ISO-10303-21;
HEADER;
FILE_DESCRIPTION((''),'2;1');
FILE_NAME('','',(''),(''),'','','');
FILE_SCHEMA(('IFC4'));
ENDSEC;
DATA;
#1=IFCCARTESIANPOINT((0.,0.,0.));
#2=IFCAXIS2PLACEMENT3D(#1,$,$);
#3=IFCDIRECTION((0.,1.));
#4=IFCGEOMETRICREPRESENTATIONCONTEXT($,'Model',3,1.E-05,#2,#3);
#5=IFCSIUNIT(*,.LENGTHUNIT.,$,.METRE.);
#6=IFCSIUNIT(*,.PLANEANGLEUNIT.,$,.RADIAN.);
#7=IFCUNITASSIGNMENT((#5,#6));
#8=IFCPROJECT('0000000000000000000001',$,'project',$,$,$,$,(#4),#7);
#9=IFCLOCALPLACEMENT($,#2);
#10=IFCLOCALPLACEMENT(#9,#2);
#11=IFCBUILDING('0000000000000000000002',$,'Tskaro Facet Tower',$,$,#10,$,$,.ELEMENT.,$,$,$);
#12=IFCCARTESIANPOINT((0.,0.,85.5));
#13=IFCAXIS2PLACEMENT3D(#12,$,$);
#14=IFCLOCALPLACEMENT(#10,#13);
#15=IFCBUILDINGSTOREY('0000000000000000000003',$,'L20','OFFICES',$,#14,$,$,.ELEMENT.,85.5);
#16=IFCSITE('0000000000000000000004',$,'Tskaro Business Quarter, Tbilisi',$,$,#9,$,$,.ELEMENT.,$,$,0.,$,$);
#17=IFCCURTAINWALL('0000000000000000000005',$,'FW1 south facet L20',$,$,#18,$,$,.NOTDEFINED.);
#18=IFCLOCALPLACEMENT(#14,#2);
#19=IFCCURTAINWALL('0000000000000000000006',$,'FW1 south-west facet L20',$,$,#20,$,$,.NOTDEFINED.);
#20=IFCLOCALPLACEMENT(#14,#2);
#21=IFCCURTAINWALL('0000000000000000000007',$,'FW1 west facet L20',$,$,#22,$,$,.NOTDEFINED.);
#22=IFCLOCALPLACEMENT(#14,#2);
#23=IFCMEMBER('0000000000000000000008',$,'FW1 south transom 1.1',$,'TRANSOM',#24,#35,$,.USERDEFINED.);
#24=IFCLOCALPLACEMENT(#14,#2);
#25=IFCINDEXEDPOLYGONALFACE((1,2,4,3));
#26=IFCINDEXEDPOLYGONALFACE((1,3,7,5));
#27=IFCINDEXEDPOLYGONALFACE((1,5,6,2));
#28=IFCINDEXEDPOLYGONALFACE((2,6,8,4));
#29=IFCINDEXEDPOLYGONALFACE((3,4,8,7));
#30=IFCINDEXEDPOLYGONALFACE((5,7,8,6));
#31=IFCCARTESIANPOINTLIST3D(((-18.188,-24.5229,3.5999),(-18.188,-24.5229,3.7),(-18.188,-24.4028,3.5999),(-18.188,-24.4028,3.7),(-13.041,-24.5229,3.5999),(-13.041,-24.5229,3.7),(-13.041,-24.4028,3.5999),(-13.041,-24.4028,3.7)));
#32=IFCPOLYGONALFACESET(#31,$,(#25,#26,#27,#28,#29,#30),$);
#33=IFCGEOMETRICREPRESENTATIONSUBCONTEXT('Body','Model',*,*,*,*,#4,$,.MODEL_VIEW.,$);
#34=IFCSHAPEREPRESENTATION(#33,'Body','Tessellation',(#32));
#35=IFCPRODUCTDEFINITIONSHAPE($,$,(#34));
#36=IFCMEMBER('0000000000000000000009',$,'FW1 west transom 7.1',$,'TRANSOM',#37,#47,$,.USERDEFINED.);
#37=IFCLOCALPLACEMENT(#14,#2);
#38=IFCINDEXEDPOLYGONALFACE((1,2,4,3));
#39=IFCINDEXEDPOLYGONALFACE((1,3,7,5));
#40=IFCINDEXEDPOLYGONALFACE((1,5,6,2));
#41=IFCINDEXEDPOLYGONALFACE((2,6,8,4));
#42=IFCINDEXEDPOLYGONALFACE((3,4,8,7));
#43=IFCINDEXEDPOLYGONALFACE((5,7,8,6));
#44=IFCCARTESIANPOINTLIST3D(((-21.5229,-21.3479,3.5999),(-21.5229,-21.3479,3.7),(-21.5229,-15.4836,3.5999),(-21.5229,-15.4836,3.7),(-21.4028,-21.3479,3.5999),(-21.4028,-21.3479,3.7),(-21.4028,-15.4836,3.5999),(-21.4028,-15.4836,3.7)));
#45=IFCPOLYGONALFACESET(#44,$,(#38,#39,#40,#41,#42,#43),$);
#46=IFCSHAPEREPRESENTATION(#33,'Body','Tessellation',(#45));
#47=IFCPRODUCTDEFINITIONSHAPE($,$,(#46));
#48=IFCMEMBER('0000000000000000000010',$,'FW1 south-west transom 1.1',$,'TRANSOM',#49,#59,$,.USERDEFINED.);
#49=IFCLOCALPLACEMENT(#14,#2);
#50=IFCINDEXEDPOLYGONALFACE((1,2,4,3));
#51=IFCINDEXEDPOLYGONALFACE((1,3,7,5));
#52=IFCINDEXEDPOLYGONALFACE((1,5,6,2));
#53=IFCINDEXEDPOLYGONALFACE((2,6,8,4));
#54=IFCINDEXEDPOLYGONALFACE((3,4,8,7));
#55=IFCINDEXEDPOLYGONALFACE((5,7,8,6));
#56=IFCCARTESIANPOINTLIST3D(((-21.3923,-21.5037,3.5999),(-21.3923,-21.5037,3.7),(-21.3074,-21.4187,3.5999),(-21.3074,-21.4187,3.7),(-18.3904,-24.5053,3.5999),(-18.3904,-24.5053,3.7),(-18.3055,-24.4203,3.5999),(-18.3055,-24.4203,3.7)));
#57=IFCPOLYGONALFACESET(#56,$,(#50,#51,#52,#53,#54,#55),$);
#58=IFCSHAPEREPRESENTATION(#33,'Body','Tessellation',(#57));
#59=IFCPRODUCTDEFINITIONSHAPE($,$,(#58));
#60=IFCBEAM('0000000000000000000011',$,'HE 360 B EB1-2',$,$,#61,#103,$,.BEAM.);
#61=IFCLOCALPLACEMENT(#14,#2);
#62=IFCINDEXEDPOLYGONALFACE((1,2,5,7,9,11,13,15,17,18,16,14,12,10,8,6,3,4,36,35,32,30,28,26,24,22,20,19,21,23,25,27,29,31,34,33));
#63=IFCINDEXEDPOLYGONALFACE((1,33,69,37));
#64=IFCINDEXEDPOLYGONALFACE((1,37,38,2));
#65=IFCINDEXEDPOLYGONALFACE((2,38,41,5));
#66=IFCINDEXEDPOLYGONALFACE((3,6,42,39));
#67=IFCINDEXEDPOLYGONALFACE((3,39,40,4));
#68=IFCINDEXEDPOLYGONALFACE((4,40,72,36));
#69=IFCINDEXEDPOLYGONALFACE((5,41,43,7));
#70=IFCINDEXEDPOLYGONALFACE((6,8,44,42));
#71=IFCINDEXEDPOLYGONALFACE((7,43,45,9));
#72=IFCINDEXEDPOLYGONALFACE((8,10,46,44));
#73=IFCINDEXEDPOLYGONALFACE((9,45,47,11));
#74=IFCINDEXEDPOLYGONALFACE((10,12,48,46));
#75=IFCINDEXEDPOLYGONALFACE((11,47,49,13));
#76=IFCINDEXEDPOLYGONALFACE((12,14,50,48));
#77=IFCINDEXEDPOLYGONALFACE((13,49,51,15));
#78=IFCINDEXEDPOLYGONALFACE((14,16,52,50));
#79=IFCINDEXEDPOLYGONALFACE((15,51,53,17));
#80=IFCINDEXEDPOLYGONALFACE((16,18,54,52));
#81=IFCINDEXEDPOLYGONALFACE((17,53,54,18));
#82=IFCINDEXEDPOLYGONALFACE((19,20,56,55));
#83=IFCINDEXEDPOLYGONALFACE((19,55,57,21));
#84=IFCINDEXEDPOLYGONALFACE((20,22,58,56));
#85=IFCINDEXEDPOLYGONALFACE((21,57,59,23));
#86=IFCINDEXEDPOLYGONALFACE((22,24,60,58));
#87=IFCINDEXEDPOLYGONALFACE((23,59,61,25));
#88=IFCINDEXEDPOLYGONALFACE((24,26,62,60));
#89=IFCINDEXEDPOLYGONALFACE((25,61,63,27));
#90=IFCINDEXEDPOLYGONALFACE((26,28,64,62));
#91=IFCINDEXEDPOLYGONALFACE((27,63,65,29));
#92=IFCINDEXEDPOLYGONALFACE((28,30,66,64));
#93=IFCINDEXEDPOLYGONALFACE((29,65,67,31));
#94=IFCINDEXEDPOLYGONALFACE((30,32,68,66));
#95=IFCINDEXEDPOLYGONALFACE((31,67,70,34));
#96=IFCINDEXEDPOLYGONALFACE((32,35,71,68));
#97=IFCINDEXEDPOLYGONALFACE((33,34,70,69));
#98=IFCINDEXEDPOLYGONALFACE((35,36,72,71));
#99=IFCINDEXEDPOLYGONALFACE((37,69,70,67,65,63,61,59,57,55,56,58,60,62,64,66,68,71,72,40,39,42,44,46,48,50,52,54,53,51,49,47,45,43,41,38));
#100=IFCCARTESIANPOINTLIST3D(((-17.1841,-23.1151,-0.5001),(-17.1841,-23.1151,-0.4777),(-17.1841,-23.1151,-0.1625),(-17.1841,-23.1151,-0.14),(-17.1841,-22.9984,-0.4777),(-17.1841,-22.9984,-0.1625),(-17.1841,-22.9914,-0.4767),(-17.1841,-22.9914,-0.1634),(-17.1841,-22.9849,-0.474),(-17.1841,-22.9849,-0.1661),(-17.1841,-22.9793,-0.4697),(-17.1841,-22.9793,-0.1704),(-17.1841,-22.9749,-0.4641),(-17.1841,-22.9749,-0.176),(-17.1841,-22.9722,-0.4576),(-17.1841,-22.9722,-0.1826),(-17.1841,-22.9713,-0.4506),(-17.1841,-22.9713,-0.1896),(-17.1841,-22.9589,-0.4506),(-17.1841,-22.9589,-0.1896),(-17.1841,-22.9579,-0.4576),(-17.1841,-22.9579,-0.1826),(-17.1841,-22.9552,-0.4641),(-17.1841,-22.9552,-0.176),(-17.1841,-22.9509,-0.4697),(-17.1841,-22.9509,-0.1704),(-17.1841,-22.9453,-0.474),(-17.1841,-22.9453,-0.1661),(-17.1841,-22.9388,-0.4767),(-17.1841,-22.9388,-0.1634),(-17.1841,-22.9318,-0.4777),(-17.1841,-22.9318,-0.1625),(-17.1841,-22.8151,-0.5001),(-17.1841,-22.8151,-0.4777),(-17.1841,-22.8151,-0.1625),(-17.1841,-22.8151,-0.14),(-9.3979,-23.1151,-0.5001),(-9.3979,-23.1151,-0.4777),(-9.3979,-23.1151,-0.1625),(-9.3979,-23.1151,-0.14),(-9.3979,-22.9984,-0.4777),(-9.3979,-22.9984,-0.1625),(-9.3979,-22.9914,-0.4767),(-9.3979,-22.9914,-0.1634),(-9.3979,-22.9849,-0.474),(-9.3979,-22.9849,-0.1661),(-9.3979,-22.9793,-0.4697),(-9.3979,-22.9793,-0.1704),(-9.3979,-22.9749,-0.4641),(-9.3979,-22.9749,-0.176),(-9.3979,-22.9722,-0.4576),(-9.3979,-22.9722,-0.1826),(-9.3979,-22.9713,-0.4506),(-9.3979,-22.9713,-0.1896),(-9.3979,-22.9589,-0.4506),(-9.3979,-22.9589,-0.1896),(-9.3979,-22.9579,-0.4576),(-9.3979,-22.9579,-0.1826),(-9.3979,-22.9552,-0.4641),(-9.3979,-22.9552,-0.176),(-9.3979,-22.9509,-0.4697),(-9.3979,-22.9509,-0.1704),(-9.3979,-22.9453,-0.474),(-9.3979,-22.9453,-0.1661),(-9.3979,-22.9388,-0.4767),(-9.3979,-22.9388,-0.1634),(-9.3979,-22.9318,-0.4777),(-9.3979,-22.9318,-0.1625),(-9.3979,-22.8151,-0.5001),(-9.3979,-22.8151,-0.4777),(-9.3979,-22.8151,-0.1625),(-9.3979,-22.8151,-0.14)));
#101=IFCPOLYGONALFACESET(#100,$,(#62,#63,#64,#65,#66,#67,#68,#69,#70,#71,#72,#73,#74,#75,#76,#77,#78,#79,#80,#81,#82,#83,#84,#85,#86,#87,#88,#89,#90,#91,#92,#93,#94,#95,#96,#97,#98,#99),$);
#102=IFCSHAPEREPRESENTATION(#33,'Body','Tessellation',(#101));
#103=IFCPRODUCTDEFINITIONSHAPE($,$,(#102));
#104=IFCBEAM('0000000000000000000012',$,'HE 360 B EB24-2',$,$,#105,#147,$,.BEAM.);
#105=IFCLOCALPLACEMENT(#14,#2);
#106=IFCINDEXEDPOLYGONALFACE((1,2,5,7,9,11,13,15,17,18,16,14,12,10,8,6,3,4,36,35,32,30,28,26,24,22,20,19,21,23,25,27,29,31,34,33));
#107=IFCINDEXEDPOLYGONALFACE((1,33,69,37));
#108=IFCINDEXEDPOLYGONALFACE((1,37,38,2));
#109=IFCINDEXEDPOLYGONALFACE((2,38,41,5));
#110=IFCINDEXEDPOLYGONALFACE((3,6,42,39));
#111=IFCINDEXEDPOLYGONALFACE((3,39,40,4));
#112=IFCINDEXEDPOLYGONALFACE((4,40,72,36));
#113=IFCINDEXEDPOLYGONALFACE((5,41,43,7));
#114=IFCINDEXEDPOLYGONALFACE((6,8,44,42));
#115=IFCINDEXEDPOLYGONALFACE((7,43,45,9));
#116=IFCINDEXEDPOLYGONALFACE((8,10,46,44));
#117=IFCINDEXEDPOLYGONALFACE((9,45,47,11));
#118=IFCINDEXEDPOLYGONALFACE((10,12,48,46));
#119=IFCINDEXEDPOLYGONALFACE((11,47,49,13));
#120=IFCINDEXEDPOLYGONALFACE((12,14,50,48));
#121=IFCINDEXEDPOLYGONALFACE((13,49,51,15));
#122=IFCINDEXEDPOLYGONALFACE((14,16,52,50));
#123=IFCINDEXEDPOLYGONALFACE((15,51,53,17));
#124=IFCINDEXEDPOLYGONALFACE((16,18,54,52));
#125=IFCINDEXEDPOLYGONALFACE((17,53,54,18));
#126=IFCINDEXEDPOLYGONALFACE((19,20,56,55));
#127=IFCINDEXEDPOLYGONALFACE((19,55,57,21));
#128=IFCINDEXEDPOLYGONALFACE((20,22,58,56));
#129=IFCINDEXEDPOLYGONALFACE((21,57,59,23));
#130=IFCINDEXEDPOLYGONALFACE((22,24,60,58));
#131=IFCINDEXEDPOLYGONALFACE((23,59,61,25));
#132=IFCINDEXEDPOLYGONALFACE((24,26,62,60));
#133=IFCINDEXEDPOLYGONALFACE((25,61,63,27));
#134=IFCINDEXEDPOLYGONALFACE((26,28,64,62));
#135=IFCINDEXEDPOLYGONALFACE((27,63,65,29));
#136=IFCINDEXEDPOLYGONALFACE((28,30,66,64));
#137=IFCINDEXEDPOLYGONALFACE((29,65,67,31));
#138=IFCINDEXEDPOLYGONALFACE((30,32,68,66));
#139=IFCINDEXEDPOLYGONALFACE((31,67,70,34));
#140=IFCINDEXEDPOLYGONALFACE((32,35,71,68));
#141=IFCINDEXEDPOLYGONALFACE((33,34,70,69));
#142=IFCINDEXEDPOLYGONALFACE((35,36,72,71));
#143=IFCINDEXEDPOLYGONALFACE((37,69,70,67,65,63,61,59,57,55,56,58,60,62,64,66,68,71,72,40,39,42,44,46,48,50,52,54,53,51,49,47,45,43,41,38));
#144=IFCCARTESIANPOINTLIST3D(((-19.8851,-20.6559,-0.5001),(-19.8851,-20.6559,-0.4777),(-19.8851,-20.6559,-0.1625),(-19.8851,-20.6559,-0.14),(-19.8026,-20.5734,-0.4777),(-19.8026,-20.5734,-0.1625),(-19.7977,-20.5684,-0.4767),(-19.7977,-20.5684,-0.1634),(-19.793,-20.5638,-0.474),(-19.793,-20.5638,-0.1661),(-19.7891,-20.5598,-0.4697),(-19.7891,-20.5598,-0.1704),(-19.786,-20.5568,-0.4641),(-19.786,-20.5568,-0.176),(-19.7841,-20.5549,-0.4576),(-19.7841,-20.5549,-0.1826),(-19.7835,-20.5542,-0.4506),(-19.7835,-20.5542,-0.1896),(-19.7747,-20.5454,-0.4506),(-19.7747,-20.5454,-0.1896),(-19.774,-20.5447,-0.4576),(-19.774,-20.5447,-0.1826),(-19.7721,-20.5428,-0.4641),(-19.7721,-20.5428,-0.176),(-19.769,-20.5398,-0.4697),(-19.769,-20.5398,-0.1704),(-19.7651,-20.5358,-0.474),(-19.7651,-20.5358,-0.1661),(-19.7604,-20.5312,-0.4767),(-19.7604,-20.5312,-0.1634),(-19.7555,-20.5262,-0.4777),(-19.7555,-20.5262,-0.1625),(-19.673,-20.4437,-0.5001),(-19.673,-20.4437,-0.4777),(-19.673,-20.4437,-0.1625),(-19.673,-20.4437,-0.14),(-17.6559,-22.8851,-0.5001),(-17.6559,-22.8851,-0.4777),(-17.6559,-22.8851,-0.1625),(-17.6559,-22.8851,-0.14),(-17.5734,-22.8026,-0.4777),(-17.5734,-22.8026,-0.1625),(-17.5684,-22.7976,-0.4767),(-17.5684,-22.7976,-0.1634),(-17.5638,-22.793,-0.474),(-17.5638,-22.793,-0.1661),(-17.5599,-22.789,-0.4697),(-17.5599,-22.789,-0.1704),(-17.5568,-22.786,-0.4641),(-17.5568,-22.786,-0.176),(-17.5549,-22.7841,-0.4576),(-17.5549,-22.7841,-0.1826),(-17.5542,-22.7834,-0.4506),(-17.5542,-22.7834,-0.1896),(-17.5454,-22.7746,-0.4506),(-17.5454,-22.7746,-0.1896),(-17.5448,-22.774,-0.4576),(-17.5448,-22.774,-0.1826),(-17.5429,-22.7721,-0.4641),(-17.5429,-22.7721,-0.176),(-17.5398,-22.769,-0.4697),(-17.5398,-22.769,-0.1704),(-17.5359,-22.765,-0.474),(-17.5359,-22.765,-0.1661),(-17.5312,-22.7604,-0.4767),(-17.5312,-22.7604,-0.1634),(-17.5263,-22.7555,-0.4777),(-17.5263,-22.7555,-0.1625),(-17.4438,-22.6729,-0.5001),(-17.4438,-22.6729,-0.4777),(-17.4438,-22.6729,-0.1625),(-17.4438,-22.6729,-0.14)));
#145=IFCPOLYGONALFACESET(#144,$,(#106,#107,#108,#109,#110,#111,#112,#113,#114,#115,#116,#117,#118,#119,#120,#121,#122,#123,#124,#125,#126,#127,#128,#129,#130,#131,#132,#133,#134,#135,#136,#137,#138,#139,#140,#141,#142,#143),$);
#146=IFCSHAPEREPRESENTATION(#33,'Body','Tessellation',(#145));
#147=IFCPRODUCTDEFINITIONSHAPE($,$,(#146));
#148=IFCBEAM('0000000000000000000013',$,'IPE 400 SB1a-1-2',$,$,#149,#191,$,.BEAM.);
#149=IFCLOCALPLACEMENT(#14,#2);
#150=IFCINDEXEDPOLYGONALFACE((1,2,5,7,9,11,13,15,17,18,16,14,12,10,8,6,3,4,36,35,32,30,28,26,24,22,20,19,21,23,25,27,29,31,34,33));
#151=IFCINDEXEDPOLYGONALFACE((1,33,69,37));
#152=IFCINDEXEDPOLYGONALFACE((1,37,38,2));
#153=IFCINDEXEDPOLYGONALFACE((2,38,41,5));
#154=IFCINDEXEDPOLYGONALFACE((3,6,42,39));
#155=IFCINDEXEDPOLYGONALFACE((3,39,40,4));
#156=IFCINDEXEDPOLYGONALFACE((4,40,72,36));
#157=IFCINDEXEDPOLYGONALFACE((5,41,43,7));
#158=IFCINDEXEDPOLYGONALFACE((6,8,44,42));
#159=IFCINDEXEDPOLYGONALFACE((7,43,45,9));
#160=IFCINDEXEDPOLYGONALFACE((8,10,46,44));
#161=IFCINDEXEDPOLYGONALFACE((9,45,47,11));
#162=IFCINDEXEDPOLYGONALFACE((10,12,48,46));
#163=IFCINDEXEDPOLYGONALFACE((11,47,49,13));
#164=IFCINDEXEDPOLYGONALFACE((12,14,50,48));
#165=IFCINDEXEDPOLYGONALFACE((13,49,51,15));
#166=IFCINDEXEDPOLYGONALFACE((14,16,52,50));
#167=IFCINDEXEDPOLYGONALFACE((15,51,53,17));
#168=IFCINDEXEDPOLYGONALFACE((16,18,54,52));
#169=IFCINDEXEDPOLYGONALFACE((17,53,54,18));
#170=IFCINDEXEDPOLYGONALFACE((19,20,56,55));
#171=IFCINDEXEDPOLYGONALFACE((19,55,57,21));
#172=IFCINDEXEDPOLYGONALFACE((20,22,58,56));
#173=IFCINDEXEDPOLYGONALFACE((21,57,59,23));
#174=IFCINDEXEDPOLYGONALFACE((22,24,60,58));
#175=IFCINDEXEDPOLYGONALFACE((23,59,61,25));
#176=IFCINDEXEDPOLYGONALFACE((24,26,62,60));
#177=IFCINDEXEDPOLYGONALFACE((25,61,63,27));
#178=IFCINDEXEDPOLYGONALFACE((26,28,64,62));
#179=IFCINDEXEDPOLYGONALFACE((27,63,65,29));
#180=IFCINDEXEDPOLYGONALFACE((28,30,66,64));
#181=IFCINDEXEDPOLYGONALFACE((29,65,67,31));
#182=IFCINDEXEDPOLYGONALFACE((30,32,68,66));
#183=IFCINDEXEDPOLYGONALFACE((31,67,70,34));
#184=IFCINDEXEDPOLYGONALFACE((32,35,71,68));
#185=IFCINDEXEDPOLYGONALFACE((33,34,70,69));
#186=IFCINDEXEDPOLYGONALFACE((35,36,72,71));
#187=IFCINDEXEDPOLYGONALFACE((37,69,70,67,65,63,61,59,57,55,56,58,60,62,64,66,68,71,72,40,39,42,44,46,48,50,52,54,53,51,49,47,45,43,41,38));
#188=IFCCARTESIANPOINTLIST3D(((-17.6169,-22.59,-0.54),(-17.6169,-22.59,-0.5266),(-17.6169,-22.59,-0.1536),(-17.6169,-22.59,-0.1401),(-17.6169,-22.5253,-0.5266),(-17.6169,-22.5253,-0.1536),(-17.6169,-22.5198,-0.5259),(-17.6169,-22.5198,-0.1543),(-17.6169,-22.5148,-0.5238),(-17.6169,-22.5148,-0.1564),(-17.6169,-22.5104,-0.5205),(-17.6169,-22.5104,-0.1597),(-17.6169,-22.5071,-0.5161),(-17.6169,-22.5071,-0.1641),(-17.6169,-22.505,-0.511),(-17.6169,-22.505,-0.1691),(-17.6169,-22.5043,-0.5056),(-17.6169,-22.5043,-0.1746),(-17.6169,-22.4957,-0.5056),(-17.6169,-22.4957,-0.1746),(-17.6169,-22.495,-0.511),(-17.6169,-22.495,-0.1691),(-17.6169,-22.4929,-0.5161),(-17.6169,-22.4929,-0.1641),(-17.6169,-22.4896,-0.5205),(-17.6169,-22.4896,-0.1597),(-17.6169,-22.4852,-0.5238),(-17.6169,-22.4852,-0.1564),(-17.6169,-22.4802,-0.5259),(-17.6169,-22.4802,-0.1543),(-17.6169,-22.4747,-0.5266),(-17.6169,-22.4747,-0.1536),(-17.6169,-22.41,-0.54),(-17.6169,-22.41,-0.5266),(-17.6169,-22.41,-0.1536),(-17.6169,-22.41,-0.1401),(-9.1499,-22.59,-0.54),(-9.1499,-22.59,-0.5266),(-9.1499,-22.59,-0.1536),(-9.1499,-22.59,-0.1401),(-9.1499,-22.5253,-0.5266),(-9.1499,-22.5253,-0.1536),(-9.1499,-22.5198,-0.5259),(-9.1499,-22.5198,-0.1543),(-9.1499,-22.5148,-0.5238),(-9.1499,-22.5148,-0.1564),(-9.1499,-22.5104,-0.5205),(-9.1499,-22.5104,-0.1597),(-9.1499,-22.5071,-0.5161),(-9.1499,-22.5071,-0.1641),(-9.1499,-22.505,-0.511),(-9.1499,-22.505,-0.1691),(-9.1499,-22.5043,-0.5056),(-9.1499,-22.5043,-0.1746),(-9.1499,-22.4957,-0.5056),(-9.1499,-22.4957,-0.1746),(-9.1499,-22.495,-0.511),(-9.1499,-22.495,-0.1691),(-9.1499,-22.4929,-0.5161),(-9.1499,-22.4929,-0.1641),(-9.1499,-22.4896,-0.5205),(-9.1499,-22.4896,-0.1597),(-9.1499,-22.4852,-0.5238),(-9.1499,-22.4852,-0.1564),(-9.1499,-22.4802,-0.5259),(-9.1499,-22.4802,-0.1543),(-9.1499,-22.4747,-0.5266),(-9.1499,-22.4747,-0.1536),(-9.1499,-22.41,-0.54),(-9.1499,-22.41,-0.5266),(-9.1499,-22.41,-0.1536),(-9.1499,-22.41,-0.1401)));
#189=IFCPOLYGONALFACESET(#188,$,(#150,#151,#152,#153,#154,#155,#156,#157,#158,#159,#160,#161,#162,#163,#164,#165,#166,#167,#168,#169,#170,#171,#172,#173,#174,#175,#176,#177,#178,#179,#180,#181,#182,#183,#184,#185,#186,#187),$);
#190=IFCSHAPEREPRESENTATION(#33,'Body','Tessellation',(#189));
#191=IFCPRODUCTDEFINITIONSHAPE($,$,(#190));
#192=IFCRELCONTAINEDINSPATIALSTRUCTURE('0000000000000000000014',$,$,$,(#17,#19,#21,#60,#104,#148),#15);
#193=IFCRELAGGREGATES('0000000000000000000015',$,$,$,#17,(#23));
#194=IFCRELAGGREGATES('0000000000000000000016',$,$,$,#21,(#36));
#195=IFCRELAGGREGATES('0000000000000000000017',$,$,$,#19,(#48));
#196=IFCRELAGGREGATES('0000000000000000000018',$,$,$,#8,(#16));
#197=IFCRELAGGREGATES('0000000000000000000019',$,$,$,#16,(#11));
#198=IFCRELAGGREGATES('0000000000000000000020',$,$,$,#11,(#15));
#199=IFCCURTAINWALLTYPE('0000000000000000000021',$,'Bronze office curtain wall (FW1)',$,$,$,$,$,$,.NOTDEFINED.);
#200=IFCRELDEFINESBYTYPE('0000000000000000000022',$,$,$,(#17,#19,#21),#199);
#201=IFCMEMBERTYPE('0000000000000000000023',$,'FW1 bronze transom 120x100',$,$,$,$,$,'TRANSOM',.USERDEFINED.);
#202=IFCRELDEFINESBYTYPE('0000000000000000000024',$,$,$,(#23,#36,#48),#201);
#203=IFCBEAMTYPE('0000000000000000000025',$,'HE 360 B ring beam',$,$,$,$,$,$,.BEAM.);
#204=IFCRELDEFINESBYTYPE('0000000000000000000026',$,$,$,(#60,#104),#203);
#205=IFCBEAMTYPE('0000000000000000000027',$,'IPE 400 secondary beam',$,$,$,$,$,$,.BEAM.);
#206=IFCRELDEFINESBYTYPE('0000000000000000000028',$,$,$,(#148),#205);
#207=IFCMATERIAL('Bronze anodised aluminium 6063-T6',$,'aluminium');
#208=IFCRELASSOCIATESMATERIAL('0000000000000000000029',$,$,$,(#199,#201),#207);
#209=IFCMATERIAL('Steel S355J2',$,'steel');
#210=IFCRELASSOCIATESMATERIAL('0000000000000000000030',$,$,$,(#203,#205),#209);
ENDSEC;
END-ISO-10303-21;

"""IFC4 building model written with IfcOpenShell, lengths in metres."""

from ifc_helpers import new_model, si_unit, direction, frame, origin, origin_2d, place, context, subcontext, project, spatial, rectangle, i_section, extrude, material, material_profile, profile_set, type_object, element, aggregate, save


model = new_model("IFC4")

# Units and contexts
model_context = context("Model", 3, precision=1e-05, world=origin(), true_north=direction((0.0, 1.0)))
body_context = subcontext(model_context, "Body", "Model", "MODEL_VIEW")
ifc_project = project(units=[si_unit("LENGTHUNIT", "METRE"), si_unit("PLANEANGLEUNIT", "RADIAN")], contexts=[model_context])

# Site, building, storey
site_placement = place(None, origin())
site = spatial("IfcSite", under=ifc_project, at=site_placement, Name="Tskaro Business Quarter, Tbilisi", CompositionType="ELEMENT", RefElevation=0.0)
building_placement = place(site_placement, origin())
building = spatial("IfcBuilding", under=site, at=building_placement, Name="Tskaro Facet Tower", CompositionType="ELEMENT")
storey_placement = place(building_placement, frame((0.0, 0.0, 85.5)))
storey = spatial("IfcBuildingStorey", under=building, at=storey_placement, Name="L20", Description="OFFICES", CompositionType="ELEMENT", Elevation=85.5)

# Curtain walls
ifc_material_1 = material(Name="Bronze anodised aluminium 6063-T6", Category="aluminium")
curtain_wall_type = type_object("IfcCurtainWallType", Name="Bronze office curtain wall (FW1)", PredefinedType="NOTDEFINED", material=ifc_material_1)
curtain_wall_1_placement = place(storey_placement, origin())
curtain_wall_1 = element("IfcCurtainWall", 1, at=curtain_wall_1_placement, inside=storey, type_object=curtain_wall_type, Name="FW1 south facet L20", PredefinedType="NOTDEFINED")
curtain_wall_2_placement = place(storey_placement, origin())
curtain_wall_2 = element("IfcCurtainWall", 2, at=curtain_wall_2_placement, inside=storey, type_object=curtain_wall_type, Name="FW1 south-west facet L20", PredefinedType="NOTDEFINED")

# Curtain wall
curtain_wall_3_placement = place(storey_placement, origin())
curtain_wall_3 = element("IfcCurtainWall", 3, at=curtain_wall_3_placement, inside=storey, type_object=curtain_wall_type, Name="FW1 west facet L20", PredefinedType="NOTDEFINED")

# Members
ifc_material_profile_1 = material_profile(ifc_material_1, rectangle(XDim=0.1201, YDim=0.1001, at=origin_2d()), Name="Transom 120x100")
ifc_profile_set_1 = profile_set([ifc_material_profile_1], Name="Bronze anodised aluminium 6063-T6")
member_type_1 = type_object("IfcMemberType", Name="FW1 bronze transom 120x100", ElementType="TRANSOM", PredefinedType="USERDEFINED", material=ifc_profile_set_1)
member_1_placement = place(storey_placement, frame((-18.188, -24.4629, 3.6499), z_axis=(1.0, 0.0, 0.0), x_axis=(0.0, 1.0, 0.0)))
member_1 = element("IfcMember", 4, at=member_1_placement, type_object=member_type_1, Name="FW1 south transom 1.1", ObjectType="TRANSOM", PredefinedType="USERDEFINED", context=body_context, shape_type="SweptSolid", body=[
    extrude(rectangle(XDim=0.1201, YDim=0.1001, at=origin_2d()), origin(), (0.0, 0.0, 1.0), 5.147),
])
member_2_placement = place(storey_placement, frame((-21.4629, -15.4836, 3.6499), z_axis=(0.0, -1.0, 0.0), x_axis=(1.0, 0.0, 0.0)))
member_2 = element("IfcMember", 5, at=member_2_placement, type_object=member_type_1, Name="FW1 west transom 7.1", ObjectType="TRANSOM", PredefinedType="USERDEFINED", context=body_context, shape_type="SweptSolid", body=[
    extrude(rectangle(XDim=0.1201, YDim=0.1001, at=origin_2d()), origin(), (0.0, 0.0, 1.0), 5.8643),
])
member_3_placement = place(storey_placement, frame((-21.3499, -21.4612, 3.6499), z_axis=(0.707136, -0.707078, 0.0), x_axis=(0.707078, 0.707136, 0.0)))
member_3 = element("IfcMember", 6, at=member_3_placement, type_object=member_type_1, Name="FW1 south-west transom 1.1", ObjectType="TRANSOM", PredefinedType="USERDEFINED", context=body_context, shape_type="SweptSolid", body=[
    extrude(rectangle(XDim=0.1201, YDim=0.1001, at=origin_2d()), origin(), (0.0, 0.0, 1.0), 4.2451),
])

# Beams
ifc_material_2 = material(Name="Steel S355J2", Category="steel")
ifc_material_profile_2 = material_profile(ifc_material_2, i_section(OverallWidth=0.3, OverallDepth=0.3601, WebThickness=0.0125, FlangeThickness=0.0225, FilletRadius=0.0271, at=origin_2d()), Name="HE 360 B")
ifc_profile_set_2 = profile_set([ifc_material_profile_2], Name="Steel S355J2")
beam_type_1 = type_object("IfcBeamType", Name="HE 360 B ring beam", PredefinedType="BEAM", material=ifc_profile_set_2)
beam_1_placement = place(storey_placement, frame((-17.1841, -22.9651, -0.3201), z_axis=(1.0, 0.0, 0.0), x_axis=(0.0, 1.0, 0.0)))
element("IfcBeam", 7, at=beam_1_placement, inside=storey, type_object=beam_type_1, Name="HE 360 B EB1-2", PredefinedType="BEAM", context=body_context, shape_type="SweptSolid", body=[
    extrude(i_section(OverallWidth=0.3, OverallDepth=0.3601, WebThickness=0.0125, FlangeThickness=0.0225, FilletRadius=0.0271, at=origin_2d()), origin(), (0.0, 0.0, 1.0), 7.7861),
])
beam_2_placement = place(storey_placement, frame((-19.7791, -20.5498, -0.3201), z_axis=(0.707107, -0.707107, 0.0), x_axis=(0.707107, 0.707107, 0.0)))
element("IfcBeam", 8, at=beam_2_placement, inside=storey, type_object=beam_type_1, Name="HE 360 B EB24-2", PredefinedType="BEAM", context=body_context, shape_type="SweptSolid", body=[
    extrude(i_section(OverallWidth=0.3, OverallDepth=0.3601, WebThickness=0.0125, FlangeThickness=0.0225, FilletRadius=0.0271, at=origin_2d()), origin(), (0.0, 0.0, 1.0), 3.1526),
])
ifc_material_profile_3 = material_profile(ifc_material_2, i_section(OverallWidth=0.1799, OverallDepth=0.3999, WebThickness=0.0085, FlangeThickness=0.0134, FilletRadius=0.021, at=origin_2d()), Name="IPE 400")
ifc_profile_set_3 = profile_set([ifc_material_profile_3], Name="Steel S355J2")
beam_type_2 = type_object("IfcBeamType", Name="IPE 400 secondary beam", PredefinedType="BEAM", material=ifc_profile_set_3)
beam_3_placement = place(storey_placement, frame((-17.6169, -22.5, -0.3401), z_axis=(1.0, 0.0, 0.0), x_axis=(0.0, 1.0, 0.0)))
element("IfcBeam", 9, at=beam_3_placement, inside=storey, type_object=beam_type_2, Name="IPE 400 SB1a-1-2", PredefinedType="BEAM", context=body_context, shape_type="SweptSolid", body=[
    extrude(i_section(OverallWidth=0.1799, OverallDepth=0.3999, WebThickness=0.0085, FlangeThickness=0.0134, FilletRadius=0.021, at=origin_2d()), origin(), (0.0, 0.0, 1.0), 8.467),
])

aggregate(curtain_wall_1, [member_1])
aggregate(curtain_wall_3, [member_2])
aggregate(curtain_wall_2, [member_3])

save(model, "model.ifc")
